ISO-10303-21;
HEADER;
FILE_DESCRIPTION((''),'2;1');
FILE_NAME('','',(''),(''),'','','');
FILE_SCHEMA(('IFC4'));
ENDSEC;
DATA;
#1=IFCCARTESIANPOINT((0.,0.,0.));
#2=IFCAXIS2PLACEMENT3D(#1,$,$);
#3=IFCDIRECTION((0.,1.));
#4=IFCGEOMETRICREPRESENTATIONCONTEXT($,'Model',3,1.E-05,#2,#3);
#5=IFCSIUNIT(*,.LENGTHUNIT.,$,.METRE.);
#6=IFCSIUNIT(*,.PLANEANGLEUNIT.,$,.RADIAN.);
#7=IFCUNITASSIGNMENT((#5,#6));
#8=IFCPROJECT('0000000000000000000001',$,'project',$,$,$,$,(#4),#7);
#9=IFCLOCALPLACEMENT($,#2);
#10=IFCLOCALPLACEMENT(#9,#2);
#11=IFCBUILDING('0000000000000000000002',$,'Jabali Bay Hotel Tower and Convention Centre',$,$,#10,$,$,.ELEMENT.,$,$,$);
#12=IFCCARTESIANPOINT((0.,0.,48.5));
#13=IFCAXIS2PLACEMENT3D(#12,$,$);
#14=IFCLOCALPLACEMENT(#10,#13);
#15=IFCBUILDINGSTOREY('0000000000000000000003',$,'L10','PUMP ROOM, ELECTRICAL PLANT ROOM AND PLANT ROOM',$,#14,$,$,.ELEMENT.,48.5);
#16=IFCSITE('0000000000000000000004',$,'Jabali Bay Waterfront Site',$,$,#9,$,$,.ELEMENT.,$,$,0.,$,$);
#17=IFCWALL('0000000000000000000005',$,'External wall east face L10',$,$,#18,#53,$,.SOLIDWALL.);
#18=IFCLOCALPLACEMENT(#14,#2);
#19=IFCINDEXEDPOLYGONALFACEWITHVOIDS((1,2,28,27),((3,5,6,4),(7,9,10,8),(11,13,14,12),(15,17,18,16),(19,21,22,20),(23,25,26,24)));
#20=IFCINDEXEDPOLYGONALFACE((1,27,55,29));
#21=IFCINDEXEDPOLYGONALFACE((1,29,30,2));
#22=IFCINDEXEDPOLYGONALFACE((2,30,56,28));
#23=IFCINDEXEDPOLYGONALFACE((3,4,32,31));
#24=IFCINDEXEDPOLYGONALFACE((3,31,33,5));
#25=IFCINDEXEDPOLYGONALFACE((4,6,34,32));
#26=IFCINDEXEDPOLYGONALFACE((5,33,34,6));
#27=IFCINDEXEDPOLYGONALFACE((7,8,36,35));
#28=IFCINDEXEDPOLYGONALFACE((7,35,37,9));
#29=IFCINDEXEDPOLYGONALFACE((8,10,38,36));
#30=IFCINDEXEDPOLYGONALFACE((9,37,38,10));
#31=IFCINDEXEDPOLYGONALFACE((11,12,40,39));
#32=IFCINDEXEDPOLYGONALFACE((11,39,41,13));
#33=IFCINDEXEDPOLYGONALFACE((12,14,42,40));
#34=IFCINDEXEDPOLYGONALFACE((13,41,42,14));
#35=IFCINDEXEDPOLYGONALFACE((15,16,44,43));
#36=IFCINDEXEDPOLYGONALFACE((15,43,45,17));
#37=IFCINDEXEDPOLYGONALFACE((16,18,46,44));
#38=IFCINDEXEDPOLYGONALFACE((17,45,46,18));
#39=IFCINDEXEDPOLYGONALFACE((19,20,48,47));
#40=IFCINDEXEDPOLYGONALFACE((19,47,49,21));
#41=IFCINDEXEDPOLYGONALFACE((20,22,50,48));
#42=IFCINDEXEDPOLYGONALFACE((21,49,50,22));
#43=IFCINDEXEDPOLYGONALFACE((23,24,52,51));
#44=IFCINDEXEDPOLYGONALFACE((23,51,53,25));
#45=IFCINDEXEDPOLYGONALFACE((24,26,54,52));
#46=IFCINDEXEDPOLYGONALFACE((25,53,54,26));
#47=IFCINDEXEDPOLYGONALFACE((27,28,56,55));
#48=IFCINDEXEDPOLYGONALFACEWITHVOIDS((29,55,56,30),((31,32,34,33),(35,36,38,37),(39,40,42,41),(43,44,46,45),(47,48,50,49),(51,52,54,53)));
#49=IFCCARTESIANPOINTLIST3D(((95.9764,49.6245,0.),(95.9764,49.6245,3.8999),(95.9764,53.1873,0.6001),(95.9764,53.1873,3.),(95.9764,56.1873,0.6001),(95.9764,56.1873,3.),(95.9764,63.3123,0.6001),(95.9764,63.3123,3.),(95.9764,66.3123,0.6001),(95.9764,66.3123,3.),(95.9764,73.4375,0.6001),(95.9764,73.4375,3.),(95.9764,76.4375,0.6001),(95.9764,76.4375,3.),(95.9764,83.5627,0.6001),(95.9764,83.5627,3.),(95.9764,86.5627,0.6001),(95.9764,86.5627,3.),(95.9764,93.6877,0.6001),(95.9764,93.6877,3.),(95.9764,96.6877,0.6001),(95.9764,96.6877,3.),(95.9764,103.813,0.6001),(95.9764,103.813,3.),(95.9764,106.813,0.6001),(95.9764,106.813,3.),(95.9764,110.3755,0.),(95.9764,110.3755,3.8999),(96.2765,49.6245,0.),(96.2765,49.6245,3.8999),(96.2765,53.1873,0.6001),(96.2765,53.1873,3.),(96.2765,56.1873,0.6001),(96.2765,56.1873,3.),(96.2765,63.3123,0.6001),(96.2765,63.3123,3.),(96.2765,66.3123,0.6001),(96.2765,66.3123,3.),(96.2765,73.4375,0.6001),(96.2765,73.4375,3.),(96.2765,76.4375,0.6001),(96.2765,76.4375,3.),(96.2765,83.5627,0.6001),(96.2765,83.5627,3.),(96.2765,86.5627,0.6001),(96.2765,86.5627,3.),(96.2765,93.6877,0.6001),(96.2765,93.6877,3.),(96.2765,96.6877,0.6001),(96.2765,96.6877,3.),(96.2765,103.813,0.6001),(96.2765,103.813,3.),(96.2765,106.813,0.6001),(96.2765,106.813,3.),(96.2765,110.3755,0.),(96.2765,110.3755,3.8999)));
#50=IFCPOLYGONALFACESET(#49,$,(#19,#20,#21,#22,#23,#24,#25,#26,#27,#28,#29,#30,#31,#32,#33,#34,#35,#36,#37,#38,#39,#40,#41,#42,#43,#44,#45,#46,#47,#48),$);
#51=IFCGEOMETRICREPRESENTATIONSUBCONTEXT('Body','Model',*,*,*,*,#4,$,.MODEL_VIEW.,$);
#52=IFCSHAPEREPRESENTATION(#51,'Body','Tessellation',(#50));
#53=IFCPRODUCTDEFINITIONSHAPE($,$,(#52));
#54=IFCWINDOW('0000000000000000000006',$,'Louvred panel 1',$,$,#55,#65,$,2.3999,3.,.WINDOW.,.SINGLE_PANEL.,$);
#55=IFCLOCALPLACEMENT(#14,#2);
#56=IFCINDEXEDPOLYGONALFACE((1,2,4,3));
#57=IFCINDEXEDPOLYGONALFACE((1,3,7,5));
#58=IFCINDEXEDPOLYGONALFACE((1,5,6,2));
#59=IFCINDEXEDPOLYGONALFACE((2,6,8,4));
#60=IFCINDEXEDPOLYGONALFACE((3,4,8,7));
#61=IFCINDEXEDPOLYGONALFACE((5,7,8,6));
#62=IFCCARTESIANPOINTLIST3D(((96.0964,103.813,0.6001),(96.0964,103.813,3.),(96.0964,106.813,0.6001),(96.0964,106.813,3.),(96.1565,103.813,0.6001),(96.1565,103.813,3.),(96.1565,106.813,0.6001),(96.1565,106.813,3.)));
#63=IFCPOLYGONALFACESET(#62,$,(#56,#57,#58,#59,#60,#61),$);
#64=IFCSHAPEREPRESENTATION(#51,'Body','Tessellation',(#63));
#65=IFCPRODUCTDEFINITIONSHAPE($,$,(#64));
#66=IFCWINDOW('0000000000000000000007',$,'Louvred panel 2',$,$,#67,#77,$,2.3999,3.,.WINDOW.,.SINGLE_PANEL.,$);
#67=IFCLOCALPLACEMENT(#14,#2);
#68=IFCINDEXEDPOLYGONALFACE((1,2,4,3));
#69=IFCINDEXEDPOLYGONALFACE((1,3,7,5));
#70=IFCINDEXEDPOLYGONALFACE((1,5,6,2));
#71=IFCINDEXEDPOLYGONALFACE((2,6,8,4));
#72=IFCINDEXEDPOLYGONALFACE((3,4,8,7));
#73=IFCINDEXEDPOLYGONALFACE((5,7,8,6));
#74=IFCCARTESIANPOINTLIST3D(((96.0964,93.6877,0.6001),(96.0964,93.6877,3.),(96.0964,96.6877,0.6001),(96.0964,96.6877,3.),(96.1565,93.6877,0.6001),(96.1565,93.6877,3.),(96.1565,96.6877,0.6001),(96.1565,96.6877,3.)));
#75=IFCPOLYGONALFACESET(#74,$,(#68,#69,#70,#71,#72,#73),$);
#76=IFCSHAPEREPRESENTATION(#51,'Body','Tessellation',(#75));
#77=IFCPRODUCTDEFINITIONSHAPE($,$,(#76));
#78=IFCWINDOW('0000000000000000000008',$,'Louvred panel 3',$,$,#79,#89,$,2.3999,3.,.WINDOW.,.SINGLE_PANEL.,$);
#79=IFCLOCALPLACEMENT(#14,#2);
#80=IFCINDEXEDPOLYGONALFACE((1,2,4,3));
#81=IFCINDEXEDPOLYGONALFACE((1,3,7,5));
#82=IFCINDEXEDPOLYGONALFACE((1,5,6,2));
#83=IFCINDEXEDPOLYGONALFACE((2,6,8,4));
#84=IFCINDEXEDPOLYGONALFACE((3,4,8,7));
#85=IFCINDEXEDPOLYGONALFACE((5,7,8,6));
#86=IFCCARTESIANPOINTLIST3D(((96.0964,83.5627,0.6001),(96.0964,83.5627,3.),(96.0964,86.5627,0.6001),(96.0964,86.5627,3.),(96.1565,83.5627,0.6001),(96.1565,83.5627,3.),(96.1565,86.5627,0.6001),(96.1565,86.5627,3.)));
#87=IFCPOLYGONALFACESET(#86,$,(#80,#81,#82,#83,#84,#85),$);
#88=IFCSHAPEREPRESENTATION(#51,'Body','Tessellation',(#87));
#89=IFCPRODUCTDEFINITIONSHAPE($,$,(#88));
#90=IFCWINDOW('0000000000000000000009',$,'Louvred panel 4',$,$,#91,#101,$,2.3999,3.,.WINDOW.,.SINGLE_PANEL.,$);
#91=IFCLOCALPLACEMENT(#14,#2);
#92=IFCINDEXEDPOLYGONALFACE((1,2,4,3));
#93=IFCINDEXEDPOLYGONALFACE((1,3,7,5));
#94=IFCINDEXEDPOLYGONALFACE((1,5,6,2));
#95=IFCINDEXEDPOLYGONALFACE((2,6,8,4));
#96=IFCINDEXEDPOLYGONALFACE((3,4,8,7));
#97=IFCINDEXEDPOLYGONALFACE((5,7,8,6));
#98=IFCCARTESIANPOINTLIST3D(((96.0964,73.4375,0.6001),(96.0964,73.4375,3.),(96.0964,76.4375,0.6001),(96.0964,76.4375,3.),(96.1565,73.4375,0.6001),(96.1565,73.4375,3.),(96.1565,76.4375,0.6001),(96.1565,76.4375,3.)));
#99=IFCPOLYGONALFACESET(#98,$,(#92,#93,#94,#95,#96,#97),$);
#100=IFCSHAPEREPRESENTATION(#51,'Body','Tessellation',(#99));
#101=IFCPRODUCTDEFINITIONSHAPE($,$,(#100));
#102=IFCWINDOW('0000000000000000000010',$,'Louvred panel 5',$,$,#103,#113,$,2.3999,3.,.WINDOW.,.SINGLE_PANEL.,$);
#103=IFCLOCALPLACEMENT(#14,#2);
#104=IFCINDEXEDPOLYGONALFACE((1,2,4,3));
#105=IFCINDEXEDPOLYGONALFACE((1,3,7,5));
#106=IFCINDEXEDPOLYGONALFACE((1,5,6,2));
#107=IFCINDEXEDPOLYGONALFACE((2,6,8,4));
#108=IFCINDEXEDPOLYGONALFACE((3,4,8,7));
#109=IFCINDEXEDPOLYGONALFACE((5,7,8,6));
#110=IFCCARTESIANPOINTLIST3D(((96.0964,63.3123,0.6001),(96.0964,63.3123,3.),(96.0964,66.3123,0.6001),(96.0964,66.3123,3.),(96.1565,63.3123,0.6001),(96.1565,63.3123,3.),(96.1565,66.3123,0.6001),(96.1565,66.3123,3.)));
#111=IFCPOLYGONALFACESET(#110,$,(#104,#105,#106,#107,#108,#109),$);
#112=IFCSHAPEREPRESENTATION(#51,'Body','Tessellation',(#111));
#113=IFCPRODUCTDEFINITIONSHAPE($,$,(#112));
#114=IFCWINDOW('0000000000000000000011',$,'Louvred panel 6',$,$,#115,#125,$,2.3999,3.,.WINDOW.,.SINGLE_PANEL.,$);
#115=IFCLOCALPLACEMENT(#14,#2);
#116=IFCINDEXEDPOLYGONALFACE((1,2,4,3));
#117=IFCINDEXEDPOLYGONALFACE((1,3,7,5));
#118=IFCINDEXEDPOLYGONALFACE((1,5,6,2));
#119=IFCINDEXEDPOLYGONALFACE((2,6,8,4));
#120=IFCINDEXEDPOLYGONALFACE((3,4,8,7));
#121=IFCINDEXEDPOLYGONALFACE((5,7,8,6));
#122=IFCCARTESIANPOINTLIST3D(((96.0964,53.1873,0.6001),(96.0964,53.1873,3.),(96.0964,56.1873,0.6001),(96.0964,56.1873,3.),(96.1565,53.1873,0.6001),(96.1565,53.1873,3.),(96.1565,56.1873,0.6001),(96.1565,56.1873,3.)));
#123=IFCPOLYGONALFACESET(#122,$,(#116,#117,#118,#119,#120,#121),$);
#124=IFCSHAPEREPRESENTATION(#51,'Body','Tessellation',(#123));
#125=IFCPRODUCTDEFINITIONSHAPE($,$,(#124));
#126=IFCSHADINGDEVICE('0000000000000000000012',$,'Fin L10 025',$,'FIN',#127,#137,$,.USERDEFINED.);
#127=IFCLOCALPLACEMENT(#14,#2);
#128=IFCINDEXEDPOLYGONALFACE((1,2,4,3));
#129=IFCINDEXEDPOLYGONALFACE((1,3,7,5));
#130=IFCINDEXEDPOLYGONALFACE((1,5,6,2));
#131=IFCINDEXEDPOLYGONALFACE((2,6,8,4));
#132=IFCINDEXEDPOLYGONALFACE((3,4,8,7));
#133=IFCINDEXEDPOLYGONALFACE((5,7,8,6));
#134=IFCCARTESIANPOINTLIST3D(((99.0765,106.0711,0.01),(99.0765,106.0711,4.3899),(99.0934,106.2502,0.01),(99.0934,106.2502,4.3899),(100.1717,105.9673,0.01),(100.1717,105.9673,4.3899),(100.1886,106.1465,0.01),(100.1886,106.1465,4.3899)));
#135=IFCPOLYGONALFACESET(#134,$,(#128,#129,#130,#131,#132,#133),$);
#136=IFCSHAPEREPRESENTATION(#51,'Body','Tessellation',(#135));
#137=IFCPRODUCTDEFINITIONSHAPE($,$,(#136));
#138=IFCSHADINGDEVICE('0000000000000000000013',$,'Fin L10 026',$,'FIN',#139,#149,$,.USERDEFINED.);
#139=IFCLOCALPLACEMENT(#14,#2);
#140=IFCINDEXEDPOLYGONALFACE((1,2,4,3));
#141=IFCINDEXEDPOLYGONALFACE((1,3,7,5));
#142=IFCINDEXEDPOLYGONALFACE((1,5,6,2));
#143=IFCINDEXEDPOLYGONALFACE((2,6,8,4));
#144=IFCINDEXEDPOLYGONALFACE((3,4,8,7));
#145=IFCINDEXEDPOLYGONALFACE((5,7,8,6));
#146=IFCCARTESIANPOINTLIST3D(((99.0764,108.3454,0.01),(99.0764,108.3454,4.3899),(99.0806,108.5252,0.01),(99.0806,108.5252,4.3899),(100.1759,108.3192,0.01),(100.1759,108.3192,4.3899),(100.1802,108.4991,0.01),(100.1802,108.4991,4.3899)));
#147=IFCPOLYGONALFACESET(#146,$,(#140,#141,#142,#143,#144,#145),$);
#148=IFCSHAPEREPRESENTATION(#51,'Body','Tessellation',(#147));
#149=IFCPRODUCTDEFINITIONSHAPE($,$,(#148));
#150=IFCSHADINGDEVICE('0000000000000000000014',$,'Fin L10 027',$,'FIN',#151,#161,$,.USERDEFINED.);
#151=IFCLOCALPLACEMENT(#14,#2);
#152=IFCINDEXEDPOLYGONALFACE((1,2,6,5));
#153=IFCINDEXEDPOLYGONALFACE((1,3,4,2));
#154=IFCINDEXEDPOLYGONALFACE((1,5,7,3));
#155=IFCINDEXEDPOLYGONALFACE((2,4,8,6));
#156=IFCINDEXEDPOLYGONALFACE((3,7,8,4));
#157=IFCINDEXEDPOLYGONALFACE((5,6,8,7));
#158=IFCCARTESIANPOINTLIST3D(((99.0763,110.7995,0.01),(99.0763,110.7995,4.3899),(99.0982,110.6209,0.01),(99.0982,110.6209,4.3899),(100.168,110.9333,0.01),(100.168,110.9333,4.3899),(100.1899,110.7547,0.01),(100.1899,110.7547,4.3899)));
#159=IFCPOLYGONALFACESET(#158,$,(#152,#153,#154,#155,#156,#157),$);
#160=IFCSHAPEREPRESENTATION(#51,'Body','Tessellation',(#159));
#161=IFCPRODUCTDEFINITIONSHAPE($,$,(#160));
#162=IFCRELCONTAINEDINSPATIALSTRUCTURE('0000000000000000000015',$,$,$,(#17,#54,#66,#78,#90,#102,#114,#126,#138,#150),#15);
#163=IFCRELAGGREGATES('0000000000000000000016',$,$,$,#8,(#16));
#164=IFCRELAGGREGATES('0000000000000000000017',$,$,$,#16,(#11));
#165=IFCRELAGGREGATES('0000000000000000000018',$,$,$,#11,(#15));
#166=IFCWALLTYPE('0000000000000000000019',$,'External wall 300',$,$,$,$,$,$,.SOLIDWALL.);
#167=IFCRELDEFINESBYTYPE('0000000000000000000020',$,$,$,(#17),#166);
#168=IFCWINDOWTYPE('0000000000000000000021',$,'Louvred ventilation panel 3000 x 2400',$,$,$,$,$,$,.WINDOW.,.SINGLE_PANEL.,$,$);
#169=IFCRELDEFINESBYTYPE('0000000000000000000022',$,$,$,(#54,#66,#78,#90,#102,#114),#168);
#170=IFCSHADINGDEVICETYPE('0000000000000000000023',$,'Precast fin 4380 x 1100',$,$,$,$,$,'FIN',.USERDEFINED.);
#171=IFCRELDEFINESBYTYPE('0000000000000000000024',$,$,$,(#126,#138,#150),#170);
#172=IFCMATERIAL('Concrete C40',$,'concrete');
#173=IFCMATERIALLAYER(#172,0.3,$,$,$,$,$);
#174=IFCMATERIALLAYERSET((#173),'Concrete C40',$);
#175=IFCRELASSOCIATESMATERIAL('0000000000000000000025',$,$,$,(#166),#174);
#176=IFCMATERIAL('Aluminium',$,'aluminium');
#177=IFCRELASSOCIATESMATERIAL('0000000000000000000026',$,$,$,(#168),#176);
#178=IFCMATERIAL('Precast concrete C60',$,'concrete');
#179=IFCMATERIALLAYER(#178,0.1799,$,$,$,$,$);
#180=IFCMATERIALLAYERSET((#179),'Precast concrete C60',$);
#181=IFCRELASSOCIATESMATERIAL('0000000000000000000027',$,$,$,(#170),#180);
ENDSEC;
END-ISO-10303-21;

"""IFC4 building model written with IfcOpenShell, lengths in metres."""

from ifc_helpers import new_model, si_unit, direction, frame, frame_2d, origin, place, context, subcontext, project, spatial, rectangle, extrude, material, layer, layer_set, type_object, element, fill, save


model = new_model("IFC4")

# Units and contexts
model_context = context("Model", 3, precision=1e-05, world=origin(), true_north=direction((0.0, 1.0)))
body_context = subcontext(model_context, "Body", "Model", "MODEL_VIEW")
ifc_project = project(units=[si_unit("LENGTHUNIT", "METRE"), si_unit("PLANEANGLEUNIT", "RADIAN")], contexts=[model_context])

# Site, building, storey
site_placement = place(None, origin())
site = spatial("IfcSite", under=ifc_project, at=site_placement, Name="Jabali Bay Waterfront Site", CompositionType="ELEMENT", RefElevation=0.0)
building_placement = place(site_placement, origin())
building = spatial("IfcBuilding", under=site, at=building_placement, Name="Jabali Bay Hotel Tower and Convention Centre", CompositionType="ELEMENT")
storey_placement = place(building_placement, frame((0.0, 0.0, 48.5)))
storey = spatial("IfcBuildingStorey", under=building, at=storey_placement, Name="L10", Description="PUMP ROOM, ELECTRICAL PLANT ROOM AND PLANT ROOM", CompositionType="ELEMENT", Elevation=48.5)

# Wall, openings, windows
ifc_material_1 = material(Name="Concrete C40", Category="concrete")
ifc_layer_1 = layer(ifc_material_1, 0.3)
ifc_layer_set_1 = layer_set([ifc_layer_1], Name="Concrete C40")
wall_type = type_object("IfcWallType", Name="External wall 300", PredefinedType="SOLIDWALL", material=ifc_layer_set_1)
wall_placement = place(storey_placement, frame((96.1265, 110.3755, 0.0), z_axis=(0.0, 0.0, 1.0), x_axis=(0.0, -1.0, 0.0)))
wall = element("IfcWall", 1, at=wall_placement, inside=storey, type_object=wall_type, Name="External wall east face L10", PredefinedType="SOLIDWALL", context=body_context, shape_type="SweptSolid", body=[
    extrude(rectangle(XDim=60.751, YDim=0.3, at=frame_2d((30.3755, 0.0))), origin(), (0.0, 0.0, 1.0), 3.8999),
])
opening_1_placement = place(wall_placement, frame((3.5625, 0.0, 0.6001)))
opening_1 = element("IfcOpeningElement", 2, at=opening_1_placement, cuts=wall, PredefinedType="OPENING", context=body_context, shape_type="SweptSolid", body=[
    extrude(rectangle(XDim=3.0, YDim=2.3999, at=frame_2d((1.5, 1.2))), frame((0.0, 0.1606, 0.0), z_axis=(0.0, -1.0, 0.0), x_axis=(1.0, 0.0, 0.0)), (0.0, 0.0, 1.0), 0.321),
])
opening_2_placement = place(wall_placement, frame((13.6877, 0.0, 0.6001)))
opening_2 = element("IfcOpeningElement", 3, at=opening_2_placement, cuts=wall, PredefinedType="OPENING", context=body_context, shape_type="SweptSolid", body=[
    extrude(rectangle(XDim=3.0, YDim=2.3999, at=frame_2d((1.5, 1.2))), frame((0.0, 0.1606, 0.0), z_axis=(0.0, -1.0, 0.0), x_axis=(1.0, 0.0, 0.0)), (0.0, 0.0, 1.0), 0.321),
])
opening_3_placement = place(wall_placement, frame((23.8127, 0.0, 0.6001)))
opening_3 = element("IfcOpeningElement", 4, at=opening_3_placement, cuts=wall, PredefinedType="OPENING", context=body_context, shape_type="SweptSolid", body=[
    extrude(rectangle(XDim=3.0, YDim=2.3999, at=frame_2d((1.5, 1.2))), frame((0.0, 0.1606, 0.0), z_axis=(0.0, -1.0, 0.0), x_axis=(1.0, 0.0, 0.0)), (0.0, 0.0, 1.0), 0.321),
])
opening_4_placement = place(wall_placement, frame((33.938, 0.0, 0.6001)))
opening_4 = element("IfcOpeningElement", 5, at=opening_4_placement, cuts=wall, PredefinedType="OPENING", context=body_context, shape_type="SweptSolid", body=[
    extrude(rectangle(XDim=3.0, YDim=2.3999, at=frame_2d((1.5, 1.2))), frame((0.0, 0.1606, 0.0), z_axis=(0.0, -1.0, 0.0), x_axis=(1.0, 0.0, 0.0)), (0.0, 0.0, 1.0), 0.321),
])
opening_5_placement = place(wall_placement, frame((44.0632, 0.0, 0.6001)))
opening_5 = element("IfcOpeningElement", 6, at=opening_5_placement, cuts=wall, PredefinedType="OPENING", context=body_context, shape_type="SweptSolid", body=[
    extrude(rectangle(XDim=3.0, YDim=2.3999, at=frame_2d((1.5, 1.2))), frame((0.0, 0.1606, 0.0), z_axis=(0.0, -1.0, 0.0), x_axis=(1.0, 0.0, 0.0)), (0.0, 0.0, 1.0), 0.321),
])
opening_6_placement = place(wall_placement, frame((54.1882, 0.0, 0.6001)))
opening_6 = element("IfcOpeningElement", 7, at=opening_6_placement, cuts=wall, PredefinedType="OPENING", context=body_context, shape_type="SweptSolid", body=[
    extrude(rectangle(XDim=3.0, YDim=2.3999, at=frame_2d((1.5, 1.2))), frame((0.0, 0.1606, 0.0), z_axis=(0.0, -1.0, 0.0), x_axis=(1.0, 0.0, 0.0)), (0.0, 0.0, 1.0), 0.321),
])
ifc_material_2 = material(Name="Aluminium", Category="aluminium")
window_type = type_object("IfcWindowType", Name="Louvred ventilation panel 3000 x 2400", PartitioningType="SINGLE_PANEL", PredefinedType="WINDOW", material=ifc_material_2)
window_1_placement = place(opening_1_placement, origin())
window_1 = element("IfcWindow", 8, at=window_1_placement, inside=storey, type_object=window_type, Name="Louvred panel 1", OverallHeight=2.3999, OverallWidth=3.0, PartitioningType="SINGLE_PANEL", PredefinedType="WINDOW", context=body_context, shape_type="SweptSolid", body=[
    extrude(rectangle(XDim=3.0, YDim=2.3999, at=frame_2d((1.5, 1.2))), frame((0.0, 0.03, 0.0), z_axis=(0.0, -1.0, 0.0), x_axis=(1.0, 0.0, 0.0)), (0.0, 0.0, 1.0), 0.0601),
])
fill(opening_1, window_1)
window_2_placement = place(opening_2_placement, origin())
window_2 = element("IfcWindow", 9, at=window_2_placement, inside=storey, type_object=window_type, Name="Louvred panel 2", OverallHeight=2.3999, OverallWidth=3.0, PartitioningType="SINGLE_PANEL", PredefinedType="WINDOW", context=body_context, shape_type="SweptSolid", body=[
    extrude(rectangle(XDim=3.0, YDim=2.3999, at=frame_2d((1.5, 1.2))), frame((0.0, 0.03, 0.0), z_axis=(0.0, -1.0, 0.0), x_axis=(1.0, 0.0, 0.0)), (0.0, 0.0, 1.0), 0.0601),
])
fill(opening_2, window_2)
window_3_placement = place(opening_3_placement, origin())
window_3 = element("IfcWindow", 10, at=window_3_placement, inside=storey, type_object=window_type, Name="Louvred panel 3", OverallHeight=2.3999, OverallWidth=3.0, PartitioningType="SINGLE_PANEL", PredefinedType="WINDOW", context=body_context, shape_type="SweptSolid", body=[
    extrude(rectangle(XDim=3.0, YDim=2.3999, at=frame_2d((1.5, 1.2))), frame((0.0, 0.03, 0.0), z_axis=(0.0, -1.0, 0.0), x_axis=(1.0, 0.0, 0.0)), (0.0, 0.0, 1.0), 0.0601),
])
fill(opening_3, window_3)
window_4_placement = place(opening_4_placement, origin())
window_4 = element("IfcWindow", 11, at=window_4_placement, inside=storey, type_object=window_type, Name="Louvred panel 4", OverallHeight=2.3999, OverallWidth=3.0, PartitioningType="SINGLE_PANEL", PredefinedType="WINDOW", context=body_context, shape_type="SweptSolid", body=[
    extrude(rectangle(XDim=3.0, YDim=2.3999, at=frame_2d((1.5, 1.2))), frame((0.0, 0.03, 0.0), z_axis=(0.0, -1.0, 0.0), x_axis=(1.0, 0.0, 0.0)), (0.0, 0.0, 1.0), 0.0601),
])
fill(opening_4, window_4)
window_5_placement = place(opening_5_placement, origin())
window_5 = element("IfcWindow", 12, at=window_5_placement, inside=storey, type_object=window_type, Name="Louvred panel 5", OverallHeight=2.3999, OverallWidth=3.0, PartitioningType="SINGLE_PANEL", PredefinedType="WINDOW", context=body_context, shape_type="SweptSolid", body=[
    extrude(rectangle(XDim=3.0, YDim=2.3999, at=frame_2d((1.5, 1.2))), frame((0.0, 0.03, 0.0), z_axis=(0.0, -1.0, 0.0), x_axis=(1.0, 0.0, 0.0)), (0.0, 0.0, 1.0), 0.0601),
])
fill(opening_5, window_5)
window_6_placement = place(opening_6_placement, origin())
window_6 = element("IfcWindow", 13, at=window_6_placement, inside=storey, type_object=window_type, Name="Louvred panel 6", OverallHeight=2.3999, OverallWidth=3.0, PartitioningType="SINGLE_PANEL", PredefinedType="WINDOW", context=body_context, shape_type="SweptSolid", body=[
    extrude(rectangle(XDim=3.0, YDim=2.3999, at=frame_2d((1.5, 1.2))), frame((0.0, 0.03, 0.0), z_axis=(0.0, -1.0, 0.0), x_axis=(1.0, 0.0, 0.0)), (0.0, 0.0, 1.0), 0.0601),
])
fill(opening_6, window_6)

# Shading devices
ifc_material_3 = material(Name="Precast concrete C60", Category="concrete")
ifc_layer_2 = layer(ifc_material_3, 0.1799)
ifc_layer_set_2 = layer_set([ifc_layer_2], Name="Precast concrete C60")
shading_device_type_1 = type_object("IfcShadingDeviceType", Name="Precast fin 4380 x 1100", ElementType="FIN", PredefinedType="USERDEFINED", material=ifc_layer_set_2)
shading_device_1_placement = place(storey_placement, frame((99.085, 106.1606, 0.01), z_axis=(0.0, 0.0, 1.0), x_axis=(0.995542, -0.094317, 0.0)))
element("IfcShadingDevice", 14, at=shading_device_1_placement, inside=storey, type_object=shading_device_type_1, Name="Fin L10 025", ObjectType="FIN", PredefinedType="USERDEFINED", context=body_context, shape_type="SweptSolid", body=[
    extrude(rectangle(XDim=1.1001, YDim=0.1799, at=frame_2d((0.55, 0.0))), origin(), (0.0, 0.0, 1.0), 4.3799),
])
for number, where, z_axis, x_axis, name in (
    (15, (99.0786, 108.4353, 0.01), (0.0, 0.0, 1.0), (0.999718, -0.02375, 0.0), "Fin L10 026"),
    (16, (99.0874, 110.7102, 0.01), (0.0, 0.0, 1.0), (0.992575, 0.12163, 0.0), "Fin L10 027"),
):
    element("IfcShadingDevice", number, at=place(storey_placement, frame(where, z_axis=z_axis, x_axis=x_axis)), inside=storey, type_object=shading_device_type_1, Name=name, ObjectType="FIN", PredefinedType="USERDEFINED", context=body_context, shape_type="SweptSolid", body=[
        extrude(rectangle(XDim=1.0999, YDim=0.1799, at=frame_2d((0.5498, 0.0))), origin(), (0.0, 0.0, 1.0), 4.3799),
    ])

save(model, "model.ifc")
